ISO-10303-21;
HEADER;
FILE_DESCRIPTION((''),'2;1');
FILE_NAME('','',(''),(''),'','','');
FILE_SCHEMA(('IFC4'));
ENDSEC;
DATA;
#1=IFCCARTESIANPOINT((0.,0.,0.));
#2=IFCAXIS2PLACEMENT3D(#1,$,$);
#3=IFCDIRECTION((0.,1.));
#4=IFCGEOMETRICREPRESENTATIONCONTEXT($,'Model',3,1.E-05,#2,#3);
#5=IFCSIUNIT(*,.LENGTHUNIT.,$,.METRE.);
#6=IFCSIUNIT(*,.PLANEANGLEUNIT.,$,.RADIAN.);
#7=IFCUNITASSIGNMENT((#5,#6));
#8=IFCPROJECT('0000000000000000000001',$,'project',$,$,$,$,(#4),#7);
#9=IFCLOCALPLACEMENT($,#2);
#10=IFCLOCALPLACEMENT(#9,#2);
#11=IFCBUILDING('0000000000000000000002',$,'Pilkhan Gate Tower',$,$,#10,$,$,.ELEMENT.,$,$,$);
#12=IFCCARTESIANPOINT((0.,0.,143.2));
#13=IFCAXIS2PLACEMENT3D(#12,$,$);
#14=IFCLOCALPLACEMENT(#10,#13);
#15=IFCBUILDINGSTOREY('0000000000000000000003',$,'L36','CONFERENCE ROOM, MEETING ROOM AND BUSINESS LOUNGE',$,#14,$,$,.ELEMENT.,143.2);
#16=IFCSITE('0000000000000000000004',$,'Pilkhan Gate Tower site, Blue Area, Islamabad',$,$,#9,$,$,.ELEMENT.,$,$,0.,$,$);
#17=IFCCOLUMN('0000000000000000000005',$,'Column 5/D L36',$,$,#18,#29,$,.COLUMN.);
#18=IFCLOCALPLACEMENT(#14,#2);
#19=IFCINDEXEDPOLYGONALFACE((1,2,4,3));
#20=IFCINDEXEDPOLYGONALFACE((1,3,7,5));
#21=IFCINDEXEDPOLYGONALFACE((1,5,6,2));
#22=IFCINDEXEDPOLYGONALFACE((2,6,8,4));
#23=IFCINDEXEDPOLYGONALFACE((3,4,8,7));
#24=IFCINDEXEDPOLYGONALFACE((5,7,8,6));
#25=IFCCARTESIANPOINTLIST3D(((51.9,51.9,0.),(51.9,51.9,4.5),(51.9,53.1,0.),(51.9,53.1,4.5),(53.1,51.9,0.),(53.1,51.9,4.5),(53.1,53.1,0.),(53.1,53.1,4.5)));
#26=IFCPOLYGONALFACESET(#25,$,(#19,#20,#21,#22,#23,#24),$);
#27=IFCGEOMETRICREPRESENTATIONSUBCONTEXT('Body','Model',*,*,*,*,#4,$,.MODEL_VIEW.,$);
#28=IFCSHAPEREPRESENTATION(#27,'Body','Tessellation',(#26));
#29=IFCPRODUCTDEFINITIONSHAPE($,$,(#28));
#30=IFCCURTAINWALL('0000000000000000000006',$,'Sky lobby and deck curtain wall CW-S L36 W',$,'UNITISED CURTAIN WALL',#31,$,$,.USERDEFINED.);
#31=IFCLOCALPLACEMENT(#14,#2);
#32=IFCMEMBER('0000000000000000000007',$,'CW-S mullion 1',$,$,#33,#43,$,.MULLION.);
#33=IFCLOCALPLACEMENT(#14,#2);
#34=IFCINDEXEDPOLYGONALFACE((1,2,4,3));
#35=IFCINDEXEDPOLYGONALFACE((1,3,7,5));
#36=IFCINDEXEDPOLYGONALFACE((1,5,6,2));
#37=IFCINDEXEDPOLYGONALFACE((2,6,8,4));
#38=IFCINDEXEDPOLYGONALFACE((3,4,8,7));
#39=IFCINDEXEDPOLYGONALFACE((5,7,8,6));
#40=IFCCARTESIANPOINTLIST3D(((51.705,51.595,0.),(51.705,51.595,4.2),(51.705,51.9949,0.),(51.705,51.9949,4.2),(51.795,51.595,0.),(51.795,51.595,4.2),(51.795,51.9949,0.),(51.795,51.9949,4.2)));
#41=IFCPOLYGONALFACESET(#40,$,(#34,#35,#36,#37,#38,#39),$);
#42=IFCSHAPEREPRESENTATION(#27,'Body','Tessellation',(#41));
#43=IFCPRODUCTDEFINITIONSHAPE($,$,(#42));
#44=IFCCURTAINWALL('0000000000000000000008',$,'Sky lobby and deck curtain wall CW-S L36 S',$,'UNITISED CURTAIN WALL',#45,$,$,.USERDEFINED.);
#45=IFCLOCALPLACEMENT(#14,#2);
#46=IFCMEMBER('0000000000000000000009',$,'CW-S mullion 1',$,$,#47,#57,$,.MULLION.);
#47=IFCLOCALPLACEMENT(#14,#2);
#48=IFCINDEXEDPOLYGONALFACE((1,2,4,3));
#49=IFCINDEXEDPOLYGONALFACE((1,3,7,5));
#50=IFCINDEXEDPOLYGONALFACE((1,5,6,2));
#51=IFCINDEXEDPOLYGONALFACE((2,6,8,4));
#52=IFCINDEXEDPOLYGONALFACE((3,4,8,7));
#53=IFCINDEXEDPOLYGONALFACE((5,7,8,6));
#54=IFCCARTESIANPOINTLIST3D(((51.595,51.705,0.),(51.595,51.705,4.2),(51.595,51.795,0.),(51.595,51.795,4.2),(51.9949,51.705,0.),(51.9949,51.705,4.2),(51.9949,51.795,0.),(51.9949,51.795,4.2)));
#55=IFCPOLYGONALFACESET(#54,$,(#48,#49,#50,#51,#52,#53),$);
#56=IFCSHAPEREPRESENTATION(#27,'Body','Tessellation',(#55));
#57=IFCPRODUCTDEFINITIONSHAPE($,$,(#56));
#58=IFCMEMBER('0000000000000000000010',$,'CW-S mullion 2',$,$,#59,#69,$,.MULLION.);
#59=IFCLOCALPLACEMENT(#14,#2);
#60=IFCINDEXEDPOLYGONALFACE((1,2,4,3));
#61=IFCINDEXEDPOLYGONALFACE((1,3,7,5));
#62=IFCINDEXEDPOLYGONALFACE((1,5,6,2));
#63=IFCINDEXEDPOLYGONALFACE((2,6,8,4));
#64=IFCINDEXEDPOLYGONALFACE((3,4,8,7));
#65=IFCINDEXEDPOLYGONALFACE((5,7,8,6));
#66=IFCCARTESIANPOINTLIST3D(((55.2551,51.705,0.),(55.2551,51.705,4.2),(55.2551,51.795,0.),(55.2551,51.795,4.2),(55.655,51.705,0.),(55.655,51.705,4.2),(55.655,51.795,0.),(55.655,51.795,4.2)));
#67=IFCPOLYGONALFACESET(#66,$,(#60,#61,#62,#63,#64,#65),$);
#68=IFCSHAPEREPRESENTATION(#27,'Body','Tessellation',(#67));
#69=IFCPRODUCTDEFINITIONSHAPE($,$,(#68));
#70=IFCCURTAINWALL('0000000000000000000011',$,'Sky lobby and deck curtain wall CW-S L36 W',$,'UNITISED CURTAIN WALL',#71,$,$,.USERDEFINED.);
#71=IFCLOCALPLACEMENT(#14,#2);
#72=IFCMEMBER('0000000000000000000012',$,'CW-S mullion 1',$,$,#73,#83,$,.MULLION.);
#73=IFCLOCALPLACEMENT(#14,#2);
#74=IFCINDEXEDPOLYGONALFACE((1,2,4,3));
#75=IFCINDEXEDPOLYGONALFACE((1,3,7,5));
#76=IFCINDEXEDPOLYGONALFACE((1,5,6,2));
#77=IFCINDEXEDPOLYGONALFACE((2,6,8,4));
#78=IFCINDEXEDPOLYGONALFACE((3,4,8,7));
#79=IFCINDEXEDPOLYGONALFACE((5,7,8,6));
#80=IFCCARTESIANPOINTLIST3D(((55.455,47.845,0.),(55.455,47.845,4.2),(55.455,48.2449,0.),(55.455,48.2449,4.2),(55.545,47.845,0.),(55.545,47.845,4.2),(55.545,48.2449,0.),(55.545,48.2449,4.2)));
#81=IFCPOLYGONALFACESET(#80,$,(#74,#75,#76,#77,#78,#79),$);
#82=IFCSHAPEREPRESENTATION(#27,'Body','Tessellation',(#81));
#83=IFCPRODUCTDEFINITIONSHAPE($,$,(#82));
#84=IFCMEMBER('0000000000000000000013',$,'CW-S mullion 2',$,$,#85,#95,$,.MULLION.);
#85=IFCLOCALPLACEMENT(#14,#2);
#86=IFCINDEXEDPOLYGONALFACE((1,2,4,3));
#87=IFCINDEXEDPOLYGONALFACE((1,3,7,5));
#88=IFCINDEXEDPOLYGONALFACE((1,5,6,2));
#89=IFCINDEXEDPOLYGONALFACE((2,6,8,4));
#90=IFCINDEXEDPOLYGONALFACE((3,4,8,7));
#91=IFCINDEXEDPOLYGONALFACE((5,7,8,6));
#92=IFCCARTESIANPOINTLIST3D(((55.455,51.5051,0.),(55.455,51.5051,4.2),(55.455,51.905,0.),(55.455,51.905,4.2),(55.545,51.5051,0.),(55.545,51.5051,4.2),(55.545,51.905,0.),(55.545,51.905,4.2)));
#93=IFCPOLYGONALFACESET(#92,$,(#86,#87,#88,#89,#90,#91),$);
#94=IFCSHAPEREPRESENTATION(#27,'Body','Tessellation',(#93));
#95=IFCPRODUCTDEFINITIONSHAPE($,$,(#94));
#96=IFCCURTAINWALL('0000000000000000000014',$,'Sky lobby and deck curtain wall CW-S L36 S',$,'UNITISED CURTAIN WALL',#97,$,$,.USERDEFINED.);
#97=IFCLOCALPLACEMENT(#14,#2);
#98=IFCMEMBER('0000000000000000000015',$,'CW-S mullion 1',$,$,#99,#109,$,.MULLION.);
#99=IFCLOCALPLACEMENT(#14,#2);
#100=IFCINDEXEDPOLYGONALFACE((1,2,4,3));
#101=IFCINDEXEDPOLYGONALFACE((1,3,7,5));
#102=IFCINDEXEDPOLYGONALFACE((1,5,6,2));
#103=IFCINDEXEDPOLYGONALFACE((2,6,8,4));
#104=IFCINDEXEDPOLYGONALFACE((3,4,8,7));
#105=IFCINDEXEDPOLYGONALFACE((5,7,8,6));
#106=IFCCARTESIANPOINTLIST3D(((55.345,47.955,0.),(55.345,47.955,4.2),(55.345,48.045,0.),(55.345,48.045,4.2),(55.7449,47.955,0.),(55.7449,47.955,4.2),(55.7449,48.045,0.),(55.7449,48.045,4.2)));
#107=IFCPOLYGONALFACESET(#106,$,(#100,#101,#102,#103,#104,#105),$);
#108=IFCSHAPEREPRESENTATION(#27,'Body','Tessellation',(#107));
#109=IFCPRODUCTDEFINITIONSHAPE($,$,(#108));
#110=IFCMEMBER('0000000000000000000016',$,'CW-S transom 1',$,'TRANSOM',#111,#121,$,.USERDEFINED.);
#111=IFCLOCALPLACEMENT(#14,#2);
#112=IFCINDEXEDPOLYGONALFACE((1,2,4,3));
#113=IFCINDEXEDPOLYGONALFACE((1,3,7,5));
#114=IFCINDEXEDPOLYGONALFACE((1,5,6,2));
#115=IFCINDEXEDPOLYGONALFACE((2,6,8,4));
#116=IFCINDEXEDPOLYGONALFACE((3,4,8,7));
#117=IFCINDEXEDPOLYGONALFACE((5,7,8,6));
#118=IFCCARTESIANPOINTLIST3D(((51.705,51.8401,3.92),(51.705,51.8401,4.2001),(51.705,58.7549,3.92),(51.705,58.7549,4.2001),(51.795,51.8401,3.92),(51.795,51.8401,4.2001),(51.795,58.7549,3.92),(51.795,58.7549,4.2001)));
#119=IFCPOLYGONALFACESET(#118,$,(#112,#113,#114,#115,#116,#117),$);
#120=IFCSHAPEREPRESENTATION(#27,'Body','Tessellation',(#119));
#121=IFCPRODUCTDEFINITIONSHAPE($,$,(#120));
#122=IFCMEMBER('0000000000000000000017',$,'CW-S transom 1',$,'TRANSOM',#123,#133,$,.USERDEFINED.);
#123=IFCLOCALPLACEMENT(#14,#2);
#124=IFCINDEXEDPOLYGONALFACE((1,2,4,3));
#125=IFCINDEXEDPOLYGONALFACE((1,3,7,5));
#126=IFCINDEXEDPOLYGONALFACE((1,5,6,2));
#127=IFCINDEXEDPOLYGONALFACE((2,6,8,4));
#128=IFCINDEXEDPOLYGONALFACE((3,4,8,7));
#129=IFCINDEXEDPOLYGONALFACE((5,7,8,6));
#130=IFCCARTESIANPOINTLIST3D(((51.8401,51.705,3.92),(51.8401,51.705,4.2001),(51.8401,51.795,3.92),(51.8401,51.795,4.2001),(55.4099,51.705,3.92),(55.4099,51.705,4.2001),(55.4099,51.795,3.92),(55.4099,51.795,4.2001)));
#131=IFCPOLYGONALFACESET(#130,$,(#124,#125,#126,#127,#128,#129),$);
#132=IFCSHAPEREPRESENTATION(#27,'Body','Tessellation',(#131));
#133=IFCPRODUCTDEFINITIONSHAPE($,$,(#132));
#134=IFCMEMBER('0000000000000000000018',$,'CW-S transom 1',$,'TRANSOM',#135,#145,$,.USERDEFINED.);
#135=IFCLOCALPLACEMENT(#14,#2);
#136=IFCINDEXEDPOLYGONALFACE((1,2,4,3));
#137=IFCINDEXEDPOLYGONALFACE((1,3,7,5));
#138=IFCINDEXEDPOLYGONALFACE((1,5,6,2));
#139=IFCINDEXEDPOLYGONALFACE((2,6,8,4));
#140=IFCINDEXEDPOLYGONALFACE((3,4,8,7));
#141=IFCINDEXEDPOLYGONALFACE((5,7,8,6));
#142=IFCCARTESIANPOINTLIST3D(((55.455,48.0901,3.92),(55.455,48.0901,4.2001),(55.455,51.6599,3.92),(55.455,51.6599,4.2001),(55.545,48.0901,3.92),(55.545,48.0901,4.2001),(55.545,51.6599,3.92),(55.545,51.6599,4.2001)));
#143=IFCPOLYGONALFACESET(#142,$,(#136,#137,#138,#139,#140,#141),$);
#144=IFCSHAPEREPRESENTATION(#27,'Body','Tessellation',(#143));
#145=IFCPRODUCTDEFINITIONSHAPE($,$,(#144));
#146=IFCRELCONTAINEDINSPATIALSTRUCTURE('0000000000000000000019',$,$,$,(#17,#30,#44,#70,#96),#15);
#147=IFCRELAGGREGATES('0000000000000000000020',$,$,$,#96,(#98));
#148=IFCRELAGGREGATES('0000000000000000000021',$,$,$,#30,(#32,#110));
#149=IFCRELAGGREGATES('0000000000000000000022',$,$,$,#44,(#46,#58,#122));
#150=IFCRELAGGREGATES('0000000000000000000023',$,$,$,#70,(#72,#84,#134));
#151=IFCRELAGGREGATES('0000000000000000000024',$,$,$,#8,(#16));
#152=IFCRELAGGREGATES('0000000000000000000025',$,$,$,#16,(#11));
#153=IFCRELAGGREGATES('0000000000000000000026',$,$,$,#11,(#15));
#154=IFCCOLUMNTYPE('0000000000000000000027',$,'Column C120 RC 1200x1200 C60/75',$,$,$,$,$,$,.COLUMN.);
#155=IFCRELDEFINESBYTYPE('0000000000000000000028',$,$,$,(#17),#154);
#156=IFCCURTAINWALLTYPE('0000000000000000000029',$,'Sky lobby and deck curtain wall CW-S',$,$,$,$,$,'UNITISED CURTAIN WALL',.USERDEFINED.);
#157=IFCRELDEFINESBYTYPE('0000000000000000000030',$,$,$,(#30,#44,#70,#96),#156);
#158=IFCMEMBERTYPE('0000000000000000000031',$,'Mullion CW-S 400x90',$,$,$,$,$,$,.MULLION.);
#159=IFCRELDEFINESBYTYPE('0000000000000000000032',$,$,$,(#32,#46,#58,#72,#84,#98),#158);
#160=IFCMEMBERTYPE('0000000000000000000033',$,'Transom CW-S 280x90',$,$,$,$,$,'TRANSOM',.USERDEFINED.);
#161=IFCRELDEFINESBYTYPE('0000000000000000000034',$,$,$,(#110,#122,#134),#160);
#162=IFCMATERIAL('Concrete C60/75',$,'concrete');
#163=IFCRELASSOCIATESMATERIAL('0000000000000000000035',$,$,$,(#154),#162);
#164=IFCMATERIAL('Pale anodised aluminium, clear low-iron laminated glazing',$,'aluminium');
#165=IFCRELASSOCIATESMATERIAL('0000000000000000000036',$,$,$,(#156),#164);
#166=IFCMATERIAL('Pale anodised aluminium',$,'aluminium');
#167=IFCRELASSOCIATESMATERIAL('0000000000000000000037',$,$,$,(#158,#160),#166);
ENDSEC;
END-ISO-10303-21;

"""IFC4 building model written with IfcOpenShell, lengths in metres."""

from ifc_helpers import new_model, si_unit, direction, frame, origin, origin_2d, place, context, subcontext, project, spatial, rectangle, extrude, material, material_profile, profile_set, type_object, element, aggregate, save


model = new_model("IFC4")

# Units and contexts
model_context = context("Model", 3, precision=1e-05, world=origin(), true_north=direction((0.0, 1.0)))
body_context = subcontext(model_context, "Body", "Model", "MODEL_VIEW")
ifc_project = project(units=[si_unit("LENGTHUNIT", "METRE"), si_unit("PLANEANGLEUNIT", "RADIAN")], contexts=[model_context])

# Site, building, storey
site_placement = place(None, origin())
site = spatial("IfcSite", under=ifc_project, at=site_placement, Name="Pilkhan Gate Tower site, Blue Area, Islamabad", CompositionType="ELEMENT", RefElevation=0.0)
building_placement = place(site_placement, origin())
building = spatial("IfcBuilding", under=site, at=building_placement, Name="Pilkhan Gate Tower", CompositionType="ELEMENT")
storey_placement = place(building_placement, frame((0.0, 0.0, 143.2)))
storey = spatial("IfcBuildingStorey", under=building, at=storey_placement, Name="L36", Description="CONFERENCE ROOM, MEETING ROOM AND BUSINESS LOUNGE", CompositionType="ELEMENT", Elevation=143.2)

# Column
ifc_material_1 = material(Name="Concrete C60/75", Category="concrete")
ifc_material_profile_1 = material_profile(ifc_material_1, rectangle(XDim=1.2, YDim=1.2, at=origin_2d()), Name="RC 1200x1200")
ifc_profile_set_1 = profile_set([ifc_material_profile_1], Name="Concrete C60/75")
column_type = type_object("IfcColumnType", Name="Column C120 RC 1200x1200 C60/75", PredefinedType="COLUMN", material=ifc_profile_set_1)
column_placement = place(storey_placement, frame((52.5, 52.5, 0.0), z_axis=(0.0, 0.0, 1.0), x_axis=(1.0, 0.0, 0.0)))
element("IfcColumn", 1, at=column_placement, inside=storey, type_object=column_type, Name="Column 5/D L36", PredefinedType="COLUMN", context=body_context, shape_type="SweptSolid", body=[
    extrude(rectangle(XDim=1.2, YDim=1.2, at=origin_2d()), origin(), (0.0, 0.0, 1.0), 4.5),
])

# Curtain wall, member
ifc_material_2 = material(Name="Pale anodised aluminium, clear low-iron laminated glazing", Category="aluminium")
curtain_wall_type = type_object("IfcCurtainWallType", Name="Sky lobby and deck curtain wall CW-S", ElementType="UNITISED CURTAIN WALL", PredefinedType="USERDEFINED", material=ifc_material_2)
curtain_wall_1_placement = place(storey_placement, origin())
curtain_wall_1 = element("IfcCurtainWall", 2, at=curtain_wall_1_placement, inside=storey, type_object=curtain_wall_type, Name="Sky lobby and deck curtain wall CW-S L36 W", ObjectType="UNITISED CURTAIN WALL", PredefinedType="USERDEFINED")
ifc_material_3 = material(Name="Pale anodised aluminium", Category="aluminium")
ifc_material_profile_2 = material_profile(ifc_material_3, rectangle(XDim=0.0901, YDim=0.3999, at=origin_2d()), Name="Mullion 400x90")
ifc_profile_set_2 = profile_set([ifc_material_profile_2], Name="Pale anodised aluminium")
member_type_1 = type_object("IfcMemberType", Name="Mullion CW-S 400x90", PredefinedType="MULLION", material=ifc_profile_set_2)
member_1_placement = place(storey_placement, frame((51.75, 51.7949, 0.0), z_axis=(0.0, 0.0, 1.0), x_axis=(-1.0, 0.0, 0.0)))
member_1 = element("IfcMember", 3, at=member_1_placement, type_object=member_type_1, Name="CW-S mullion 1", PredefinedType="MULLION", context=body_context, shape_type="SweptSolid", body=[
    extrude(rectangle(XDim=0.0901, YDim=0.3999, at=origin_2d()), origin(), (0.0, 0.0, 1.0), 4.2),
])

# Curtain walls, members
curtain_wall_2_placement = place(storey_placement, origin())
curtain_wall_2 = element("IfcCurtainWall", 4, at=curtain_wall_2_placement, inside=storey, type_object=curtain_wall_type, Name="Sky lobby and deck curtain wall CW-S L36 S", ObjectType="UNITISED CURTAIN WALL", PredefinedType="USERDEFINED")
member_2_placement = place(storey_placement, frame((51.7949, 51.75, 0.0), z_axis=(0.0, 0.0, 1.0), x_axis=(0.0, 1.0, 0.0)))
member_2 = element("IfcMember", 5, at=member_2_placement, type_object=member_type_1, Name="CW-S mullion 1", PredefinedType="MULLION", context=body_context, shape_type="SweptSolid", body=[
    extrude(rectangle(XDim=0.0901, YDim=0.3999, at=origin_2d()), origin(), (0.0, 0.0, 1.0), 4.2),
])
member_3_placement = place(storey_placement, frame((55.4551, 51.75, 0.0), z_axis=(0.0, 0.0, 1.0), x_axis=(0.0, 1.0, 0.0)))
member_3 = element("IfcMember", 6, at=member_3_placement, type_object=member_type_1, Name="CW-S mullion 2", PredefinedType="MULLION", context=body_context, shape_type="SweptSolid", body=[
    extrude(rectangle(XDim=0.0901, YDim=0.3999, at=origin_2d()), origin(), (0.0, 0.0, 1.0), 4.2),
])
curtain_wall_3_placement = place(storey_placement, origin())
curtain_wall_3 = element("IfcCurtainWall", 7, at=curtain_wall_3_placement, inside=storey, type_object=curtain_wall_type, Name="Sky lobby and deck curtain wall CW-S L36 W", ObjectType="UNITISED CURTAIN WALL", PredefinedType="USERDEFINED")
member_4_placement = place(storey_placement, frame((55.5, 48.0449, 0.0), z_axis=(0.0, 0.0, 1.0), x_axis=(-1.0, 0.0, 0.0)))
member_4 = element("IfcMember", 8, at=member_4_placement, type_object=member_type_1, Name="CW-S mullion 1", PredefinedType="MULLION", context=body_context, shape_type="SweptSolid", body=[
    extrude(rectangle(XDim=0.0901, YDim=0.3999, at=origin_2d()), origin(), (0.0, 0.0, 1.0), 4.2),
])
member_5_placement = place(storey_placement, frame((55.5, 51.7051, 0.0), z_axis=(0.0, 0.0, 1.0), x_axis=(-1.0, 0.0, 0.0)))
member_5 = element("IfcMember", 9, at=member_5_placement, type_object=member_type_1, Name="CW-S mullion 2", PredefinedType="MULLION", context=body_context, shape_type="SweptSolid", body=[
    extrude(rectangle(XDim=0.0901, YDim=0.3999, at=origin_2d()), origin(), (0.0, 0.0, 1.0), 4.2),
])

# Curtain wall, member
curtain_wall_4_placement = place(storey_placement, origin())
curtain_wall_4 = element("IfcCurtainWall", 10, at=curtain_wall_4_placement, inside=storey, type_object=curtain_wall_type, Name="Sky lobby and deck curtain wall CW-S L36 S", ObjectType="UNITISED CURTAIN WALL", PredefinedType="USERDEFINED")
member_6_placement = place(storey_placement, frame((55.5449, 48.0, 0.0), z_axis=(0.0, 0.0, 1.0), x_axis=(0.0, 1.0, 0.0)))
member_6 = element("IfcMember", 11, at=member_6_placement, type_object=member_type_1, Name="CW-S mullion 1", PredefinedType="MULLION", context=body_context, shape_type="SweptSolid", body=[
    extrude(rectangle(XDim=0.0901, YDim=0.3999, at=origin_2d()), origin(), (0.0, 0.0, 1.0), 4.2),
])
aggregate(curtain_wall_4, [member_6])

# Members
ifc_material_profile_3 = material_profile(ifc_material_3, rectangle(XDim=0.0901, YDim=0.28, at=origin_2d()), Name="Transom 280x90")
ifc_profile_set_3 = profile_set([ifc_material_profile_3], Name="Pale anodised aluminium")
member_type_2 = type_object("IfcMemberType", Name="Transom CW-S 280x90", ElementType="TRANSOM", PredefinedType="USERDEFINED", material=ifc_profile_set_3)
member_7_placement = place(storey_placement, frame((51.75, 51.8401, 4.0601), z_axis=(0.0, 1.0, 0.0), x_axis=(-1.0, 0.0, 0.0)))
member_7 = element("IfcMember", 12, at=member_7_placement, type_object=member_type_2, Name="CW-S transom 1", ObjectType="TRANSOM", PredefinedType="USERDEFINED", context=body_context, shape_type="SweptSolid", body=[
    extrude(rectangle(XDim=0.0901, YDim=0.28, at=origin_2d()), origin(), (0.0, 0.0, 1.0), 6.9148),
])
aggregate(curtain_wall_1, [member_1, member_7])
member_8_placement = place(storey_placement, frame((51.8401, 51.75, 4.0601), z_axis=(1.0, 0.0, 0.0), x_axis=(0.0, 1.0, 0.0)))
member_8 = element("IfcMember", 13, at=member_8_placement, type_object=member_type_2, Name="CW-S transom 1", ObjectType="TRANSOM", PredefinedType="USERDEFINED", context=body_context, shape_type="SweptSolid", body=[
    extrude(rectangle(XDim=0.0901, YDim=0.28, at=origin_2d()), origin(), (0.0, 0.0, 1.0), 3.5698),
])
member_9_placement = place(storey_placement, frame((55.5, 48.0901, 4.0601), z_axis=(0.0, 1.0, 0.0), x_axis=(-1.0, 0.0, 0.0)))
member_9 = element("IfcMember", 14, at=member_9_placement, type_object=member_type_2, Name="CW-S transom 1", ObjectType="TRANSOM", PredefinedType="USERDEFINED", context=body_context, shape_type="SweptSolid", body=[
    extrude(rectangle(XDim=0.0901, YDim=0.28, at=origin_2d()), origin(), (0.0, 0.0, 1.0), 3.5698),
])

aggregate(curtain_wall_2, [member_2, member_3, member_8])
aggregate(curtain_wall_3, [member_4, member_5, member_9])

save(model, "model.ifc")
